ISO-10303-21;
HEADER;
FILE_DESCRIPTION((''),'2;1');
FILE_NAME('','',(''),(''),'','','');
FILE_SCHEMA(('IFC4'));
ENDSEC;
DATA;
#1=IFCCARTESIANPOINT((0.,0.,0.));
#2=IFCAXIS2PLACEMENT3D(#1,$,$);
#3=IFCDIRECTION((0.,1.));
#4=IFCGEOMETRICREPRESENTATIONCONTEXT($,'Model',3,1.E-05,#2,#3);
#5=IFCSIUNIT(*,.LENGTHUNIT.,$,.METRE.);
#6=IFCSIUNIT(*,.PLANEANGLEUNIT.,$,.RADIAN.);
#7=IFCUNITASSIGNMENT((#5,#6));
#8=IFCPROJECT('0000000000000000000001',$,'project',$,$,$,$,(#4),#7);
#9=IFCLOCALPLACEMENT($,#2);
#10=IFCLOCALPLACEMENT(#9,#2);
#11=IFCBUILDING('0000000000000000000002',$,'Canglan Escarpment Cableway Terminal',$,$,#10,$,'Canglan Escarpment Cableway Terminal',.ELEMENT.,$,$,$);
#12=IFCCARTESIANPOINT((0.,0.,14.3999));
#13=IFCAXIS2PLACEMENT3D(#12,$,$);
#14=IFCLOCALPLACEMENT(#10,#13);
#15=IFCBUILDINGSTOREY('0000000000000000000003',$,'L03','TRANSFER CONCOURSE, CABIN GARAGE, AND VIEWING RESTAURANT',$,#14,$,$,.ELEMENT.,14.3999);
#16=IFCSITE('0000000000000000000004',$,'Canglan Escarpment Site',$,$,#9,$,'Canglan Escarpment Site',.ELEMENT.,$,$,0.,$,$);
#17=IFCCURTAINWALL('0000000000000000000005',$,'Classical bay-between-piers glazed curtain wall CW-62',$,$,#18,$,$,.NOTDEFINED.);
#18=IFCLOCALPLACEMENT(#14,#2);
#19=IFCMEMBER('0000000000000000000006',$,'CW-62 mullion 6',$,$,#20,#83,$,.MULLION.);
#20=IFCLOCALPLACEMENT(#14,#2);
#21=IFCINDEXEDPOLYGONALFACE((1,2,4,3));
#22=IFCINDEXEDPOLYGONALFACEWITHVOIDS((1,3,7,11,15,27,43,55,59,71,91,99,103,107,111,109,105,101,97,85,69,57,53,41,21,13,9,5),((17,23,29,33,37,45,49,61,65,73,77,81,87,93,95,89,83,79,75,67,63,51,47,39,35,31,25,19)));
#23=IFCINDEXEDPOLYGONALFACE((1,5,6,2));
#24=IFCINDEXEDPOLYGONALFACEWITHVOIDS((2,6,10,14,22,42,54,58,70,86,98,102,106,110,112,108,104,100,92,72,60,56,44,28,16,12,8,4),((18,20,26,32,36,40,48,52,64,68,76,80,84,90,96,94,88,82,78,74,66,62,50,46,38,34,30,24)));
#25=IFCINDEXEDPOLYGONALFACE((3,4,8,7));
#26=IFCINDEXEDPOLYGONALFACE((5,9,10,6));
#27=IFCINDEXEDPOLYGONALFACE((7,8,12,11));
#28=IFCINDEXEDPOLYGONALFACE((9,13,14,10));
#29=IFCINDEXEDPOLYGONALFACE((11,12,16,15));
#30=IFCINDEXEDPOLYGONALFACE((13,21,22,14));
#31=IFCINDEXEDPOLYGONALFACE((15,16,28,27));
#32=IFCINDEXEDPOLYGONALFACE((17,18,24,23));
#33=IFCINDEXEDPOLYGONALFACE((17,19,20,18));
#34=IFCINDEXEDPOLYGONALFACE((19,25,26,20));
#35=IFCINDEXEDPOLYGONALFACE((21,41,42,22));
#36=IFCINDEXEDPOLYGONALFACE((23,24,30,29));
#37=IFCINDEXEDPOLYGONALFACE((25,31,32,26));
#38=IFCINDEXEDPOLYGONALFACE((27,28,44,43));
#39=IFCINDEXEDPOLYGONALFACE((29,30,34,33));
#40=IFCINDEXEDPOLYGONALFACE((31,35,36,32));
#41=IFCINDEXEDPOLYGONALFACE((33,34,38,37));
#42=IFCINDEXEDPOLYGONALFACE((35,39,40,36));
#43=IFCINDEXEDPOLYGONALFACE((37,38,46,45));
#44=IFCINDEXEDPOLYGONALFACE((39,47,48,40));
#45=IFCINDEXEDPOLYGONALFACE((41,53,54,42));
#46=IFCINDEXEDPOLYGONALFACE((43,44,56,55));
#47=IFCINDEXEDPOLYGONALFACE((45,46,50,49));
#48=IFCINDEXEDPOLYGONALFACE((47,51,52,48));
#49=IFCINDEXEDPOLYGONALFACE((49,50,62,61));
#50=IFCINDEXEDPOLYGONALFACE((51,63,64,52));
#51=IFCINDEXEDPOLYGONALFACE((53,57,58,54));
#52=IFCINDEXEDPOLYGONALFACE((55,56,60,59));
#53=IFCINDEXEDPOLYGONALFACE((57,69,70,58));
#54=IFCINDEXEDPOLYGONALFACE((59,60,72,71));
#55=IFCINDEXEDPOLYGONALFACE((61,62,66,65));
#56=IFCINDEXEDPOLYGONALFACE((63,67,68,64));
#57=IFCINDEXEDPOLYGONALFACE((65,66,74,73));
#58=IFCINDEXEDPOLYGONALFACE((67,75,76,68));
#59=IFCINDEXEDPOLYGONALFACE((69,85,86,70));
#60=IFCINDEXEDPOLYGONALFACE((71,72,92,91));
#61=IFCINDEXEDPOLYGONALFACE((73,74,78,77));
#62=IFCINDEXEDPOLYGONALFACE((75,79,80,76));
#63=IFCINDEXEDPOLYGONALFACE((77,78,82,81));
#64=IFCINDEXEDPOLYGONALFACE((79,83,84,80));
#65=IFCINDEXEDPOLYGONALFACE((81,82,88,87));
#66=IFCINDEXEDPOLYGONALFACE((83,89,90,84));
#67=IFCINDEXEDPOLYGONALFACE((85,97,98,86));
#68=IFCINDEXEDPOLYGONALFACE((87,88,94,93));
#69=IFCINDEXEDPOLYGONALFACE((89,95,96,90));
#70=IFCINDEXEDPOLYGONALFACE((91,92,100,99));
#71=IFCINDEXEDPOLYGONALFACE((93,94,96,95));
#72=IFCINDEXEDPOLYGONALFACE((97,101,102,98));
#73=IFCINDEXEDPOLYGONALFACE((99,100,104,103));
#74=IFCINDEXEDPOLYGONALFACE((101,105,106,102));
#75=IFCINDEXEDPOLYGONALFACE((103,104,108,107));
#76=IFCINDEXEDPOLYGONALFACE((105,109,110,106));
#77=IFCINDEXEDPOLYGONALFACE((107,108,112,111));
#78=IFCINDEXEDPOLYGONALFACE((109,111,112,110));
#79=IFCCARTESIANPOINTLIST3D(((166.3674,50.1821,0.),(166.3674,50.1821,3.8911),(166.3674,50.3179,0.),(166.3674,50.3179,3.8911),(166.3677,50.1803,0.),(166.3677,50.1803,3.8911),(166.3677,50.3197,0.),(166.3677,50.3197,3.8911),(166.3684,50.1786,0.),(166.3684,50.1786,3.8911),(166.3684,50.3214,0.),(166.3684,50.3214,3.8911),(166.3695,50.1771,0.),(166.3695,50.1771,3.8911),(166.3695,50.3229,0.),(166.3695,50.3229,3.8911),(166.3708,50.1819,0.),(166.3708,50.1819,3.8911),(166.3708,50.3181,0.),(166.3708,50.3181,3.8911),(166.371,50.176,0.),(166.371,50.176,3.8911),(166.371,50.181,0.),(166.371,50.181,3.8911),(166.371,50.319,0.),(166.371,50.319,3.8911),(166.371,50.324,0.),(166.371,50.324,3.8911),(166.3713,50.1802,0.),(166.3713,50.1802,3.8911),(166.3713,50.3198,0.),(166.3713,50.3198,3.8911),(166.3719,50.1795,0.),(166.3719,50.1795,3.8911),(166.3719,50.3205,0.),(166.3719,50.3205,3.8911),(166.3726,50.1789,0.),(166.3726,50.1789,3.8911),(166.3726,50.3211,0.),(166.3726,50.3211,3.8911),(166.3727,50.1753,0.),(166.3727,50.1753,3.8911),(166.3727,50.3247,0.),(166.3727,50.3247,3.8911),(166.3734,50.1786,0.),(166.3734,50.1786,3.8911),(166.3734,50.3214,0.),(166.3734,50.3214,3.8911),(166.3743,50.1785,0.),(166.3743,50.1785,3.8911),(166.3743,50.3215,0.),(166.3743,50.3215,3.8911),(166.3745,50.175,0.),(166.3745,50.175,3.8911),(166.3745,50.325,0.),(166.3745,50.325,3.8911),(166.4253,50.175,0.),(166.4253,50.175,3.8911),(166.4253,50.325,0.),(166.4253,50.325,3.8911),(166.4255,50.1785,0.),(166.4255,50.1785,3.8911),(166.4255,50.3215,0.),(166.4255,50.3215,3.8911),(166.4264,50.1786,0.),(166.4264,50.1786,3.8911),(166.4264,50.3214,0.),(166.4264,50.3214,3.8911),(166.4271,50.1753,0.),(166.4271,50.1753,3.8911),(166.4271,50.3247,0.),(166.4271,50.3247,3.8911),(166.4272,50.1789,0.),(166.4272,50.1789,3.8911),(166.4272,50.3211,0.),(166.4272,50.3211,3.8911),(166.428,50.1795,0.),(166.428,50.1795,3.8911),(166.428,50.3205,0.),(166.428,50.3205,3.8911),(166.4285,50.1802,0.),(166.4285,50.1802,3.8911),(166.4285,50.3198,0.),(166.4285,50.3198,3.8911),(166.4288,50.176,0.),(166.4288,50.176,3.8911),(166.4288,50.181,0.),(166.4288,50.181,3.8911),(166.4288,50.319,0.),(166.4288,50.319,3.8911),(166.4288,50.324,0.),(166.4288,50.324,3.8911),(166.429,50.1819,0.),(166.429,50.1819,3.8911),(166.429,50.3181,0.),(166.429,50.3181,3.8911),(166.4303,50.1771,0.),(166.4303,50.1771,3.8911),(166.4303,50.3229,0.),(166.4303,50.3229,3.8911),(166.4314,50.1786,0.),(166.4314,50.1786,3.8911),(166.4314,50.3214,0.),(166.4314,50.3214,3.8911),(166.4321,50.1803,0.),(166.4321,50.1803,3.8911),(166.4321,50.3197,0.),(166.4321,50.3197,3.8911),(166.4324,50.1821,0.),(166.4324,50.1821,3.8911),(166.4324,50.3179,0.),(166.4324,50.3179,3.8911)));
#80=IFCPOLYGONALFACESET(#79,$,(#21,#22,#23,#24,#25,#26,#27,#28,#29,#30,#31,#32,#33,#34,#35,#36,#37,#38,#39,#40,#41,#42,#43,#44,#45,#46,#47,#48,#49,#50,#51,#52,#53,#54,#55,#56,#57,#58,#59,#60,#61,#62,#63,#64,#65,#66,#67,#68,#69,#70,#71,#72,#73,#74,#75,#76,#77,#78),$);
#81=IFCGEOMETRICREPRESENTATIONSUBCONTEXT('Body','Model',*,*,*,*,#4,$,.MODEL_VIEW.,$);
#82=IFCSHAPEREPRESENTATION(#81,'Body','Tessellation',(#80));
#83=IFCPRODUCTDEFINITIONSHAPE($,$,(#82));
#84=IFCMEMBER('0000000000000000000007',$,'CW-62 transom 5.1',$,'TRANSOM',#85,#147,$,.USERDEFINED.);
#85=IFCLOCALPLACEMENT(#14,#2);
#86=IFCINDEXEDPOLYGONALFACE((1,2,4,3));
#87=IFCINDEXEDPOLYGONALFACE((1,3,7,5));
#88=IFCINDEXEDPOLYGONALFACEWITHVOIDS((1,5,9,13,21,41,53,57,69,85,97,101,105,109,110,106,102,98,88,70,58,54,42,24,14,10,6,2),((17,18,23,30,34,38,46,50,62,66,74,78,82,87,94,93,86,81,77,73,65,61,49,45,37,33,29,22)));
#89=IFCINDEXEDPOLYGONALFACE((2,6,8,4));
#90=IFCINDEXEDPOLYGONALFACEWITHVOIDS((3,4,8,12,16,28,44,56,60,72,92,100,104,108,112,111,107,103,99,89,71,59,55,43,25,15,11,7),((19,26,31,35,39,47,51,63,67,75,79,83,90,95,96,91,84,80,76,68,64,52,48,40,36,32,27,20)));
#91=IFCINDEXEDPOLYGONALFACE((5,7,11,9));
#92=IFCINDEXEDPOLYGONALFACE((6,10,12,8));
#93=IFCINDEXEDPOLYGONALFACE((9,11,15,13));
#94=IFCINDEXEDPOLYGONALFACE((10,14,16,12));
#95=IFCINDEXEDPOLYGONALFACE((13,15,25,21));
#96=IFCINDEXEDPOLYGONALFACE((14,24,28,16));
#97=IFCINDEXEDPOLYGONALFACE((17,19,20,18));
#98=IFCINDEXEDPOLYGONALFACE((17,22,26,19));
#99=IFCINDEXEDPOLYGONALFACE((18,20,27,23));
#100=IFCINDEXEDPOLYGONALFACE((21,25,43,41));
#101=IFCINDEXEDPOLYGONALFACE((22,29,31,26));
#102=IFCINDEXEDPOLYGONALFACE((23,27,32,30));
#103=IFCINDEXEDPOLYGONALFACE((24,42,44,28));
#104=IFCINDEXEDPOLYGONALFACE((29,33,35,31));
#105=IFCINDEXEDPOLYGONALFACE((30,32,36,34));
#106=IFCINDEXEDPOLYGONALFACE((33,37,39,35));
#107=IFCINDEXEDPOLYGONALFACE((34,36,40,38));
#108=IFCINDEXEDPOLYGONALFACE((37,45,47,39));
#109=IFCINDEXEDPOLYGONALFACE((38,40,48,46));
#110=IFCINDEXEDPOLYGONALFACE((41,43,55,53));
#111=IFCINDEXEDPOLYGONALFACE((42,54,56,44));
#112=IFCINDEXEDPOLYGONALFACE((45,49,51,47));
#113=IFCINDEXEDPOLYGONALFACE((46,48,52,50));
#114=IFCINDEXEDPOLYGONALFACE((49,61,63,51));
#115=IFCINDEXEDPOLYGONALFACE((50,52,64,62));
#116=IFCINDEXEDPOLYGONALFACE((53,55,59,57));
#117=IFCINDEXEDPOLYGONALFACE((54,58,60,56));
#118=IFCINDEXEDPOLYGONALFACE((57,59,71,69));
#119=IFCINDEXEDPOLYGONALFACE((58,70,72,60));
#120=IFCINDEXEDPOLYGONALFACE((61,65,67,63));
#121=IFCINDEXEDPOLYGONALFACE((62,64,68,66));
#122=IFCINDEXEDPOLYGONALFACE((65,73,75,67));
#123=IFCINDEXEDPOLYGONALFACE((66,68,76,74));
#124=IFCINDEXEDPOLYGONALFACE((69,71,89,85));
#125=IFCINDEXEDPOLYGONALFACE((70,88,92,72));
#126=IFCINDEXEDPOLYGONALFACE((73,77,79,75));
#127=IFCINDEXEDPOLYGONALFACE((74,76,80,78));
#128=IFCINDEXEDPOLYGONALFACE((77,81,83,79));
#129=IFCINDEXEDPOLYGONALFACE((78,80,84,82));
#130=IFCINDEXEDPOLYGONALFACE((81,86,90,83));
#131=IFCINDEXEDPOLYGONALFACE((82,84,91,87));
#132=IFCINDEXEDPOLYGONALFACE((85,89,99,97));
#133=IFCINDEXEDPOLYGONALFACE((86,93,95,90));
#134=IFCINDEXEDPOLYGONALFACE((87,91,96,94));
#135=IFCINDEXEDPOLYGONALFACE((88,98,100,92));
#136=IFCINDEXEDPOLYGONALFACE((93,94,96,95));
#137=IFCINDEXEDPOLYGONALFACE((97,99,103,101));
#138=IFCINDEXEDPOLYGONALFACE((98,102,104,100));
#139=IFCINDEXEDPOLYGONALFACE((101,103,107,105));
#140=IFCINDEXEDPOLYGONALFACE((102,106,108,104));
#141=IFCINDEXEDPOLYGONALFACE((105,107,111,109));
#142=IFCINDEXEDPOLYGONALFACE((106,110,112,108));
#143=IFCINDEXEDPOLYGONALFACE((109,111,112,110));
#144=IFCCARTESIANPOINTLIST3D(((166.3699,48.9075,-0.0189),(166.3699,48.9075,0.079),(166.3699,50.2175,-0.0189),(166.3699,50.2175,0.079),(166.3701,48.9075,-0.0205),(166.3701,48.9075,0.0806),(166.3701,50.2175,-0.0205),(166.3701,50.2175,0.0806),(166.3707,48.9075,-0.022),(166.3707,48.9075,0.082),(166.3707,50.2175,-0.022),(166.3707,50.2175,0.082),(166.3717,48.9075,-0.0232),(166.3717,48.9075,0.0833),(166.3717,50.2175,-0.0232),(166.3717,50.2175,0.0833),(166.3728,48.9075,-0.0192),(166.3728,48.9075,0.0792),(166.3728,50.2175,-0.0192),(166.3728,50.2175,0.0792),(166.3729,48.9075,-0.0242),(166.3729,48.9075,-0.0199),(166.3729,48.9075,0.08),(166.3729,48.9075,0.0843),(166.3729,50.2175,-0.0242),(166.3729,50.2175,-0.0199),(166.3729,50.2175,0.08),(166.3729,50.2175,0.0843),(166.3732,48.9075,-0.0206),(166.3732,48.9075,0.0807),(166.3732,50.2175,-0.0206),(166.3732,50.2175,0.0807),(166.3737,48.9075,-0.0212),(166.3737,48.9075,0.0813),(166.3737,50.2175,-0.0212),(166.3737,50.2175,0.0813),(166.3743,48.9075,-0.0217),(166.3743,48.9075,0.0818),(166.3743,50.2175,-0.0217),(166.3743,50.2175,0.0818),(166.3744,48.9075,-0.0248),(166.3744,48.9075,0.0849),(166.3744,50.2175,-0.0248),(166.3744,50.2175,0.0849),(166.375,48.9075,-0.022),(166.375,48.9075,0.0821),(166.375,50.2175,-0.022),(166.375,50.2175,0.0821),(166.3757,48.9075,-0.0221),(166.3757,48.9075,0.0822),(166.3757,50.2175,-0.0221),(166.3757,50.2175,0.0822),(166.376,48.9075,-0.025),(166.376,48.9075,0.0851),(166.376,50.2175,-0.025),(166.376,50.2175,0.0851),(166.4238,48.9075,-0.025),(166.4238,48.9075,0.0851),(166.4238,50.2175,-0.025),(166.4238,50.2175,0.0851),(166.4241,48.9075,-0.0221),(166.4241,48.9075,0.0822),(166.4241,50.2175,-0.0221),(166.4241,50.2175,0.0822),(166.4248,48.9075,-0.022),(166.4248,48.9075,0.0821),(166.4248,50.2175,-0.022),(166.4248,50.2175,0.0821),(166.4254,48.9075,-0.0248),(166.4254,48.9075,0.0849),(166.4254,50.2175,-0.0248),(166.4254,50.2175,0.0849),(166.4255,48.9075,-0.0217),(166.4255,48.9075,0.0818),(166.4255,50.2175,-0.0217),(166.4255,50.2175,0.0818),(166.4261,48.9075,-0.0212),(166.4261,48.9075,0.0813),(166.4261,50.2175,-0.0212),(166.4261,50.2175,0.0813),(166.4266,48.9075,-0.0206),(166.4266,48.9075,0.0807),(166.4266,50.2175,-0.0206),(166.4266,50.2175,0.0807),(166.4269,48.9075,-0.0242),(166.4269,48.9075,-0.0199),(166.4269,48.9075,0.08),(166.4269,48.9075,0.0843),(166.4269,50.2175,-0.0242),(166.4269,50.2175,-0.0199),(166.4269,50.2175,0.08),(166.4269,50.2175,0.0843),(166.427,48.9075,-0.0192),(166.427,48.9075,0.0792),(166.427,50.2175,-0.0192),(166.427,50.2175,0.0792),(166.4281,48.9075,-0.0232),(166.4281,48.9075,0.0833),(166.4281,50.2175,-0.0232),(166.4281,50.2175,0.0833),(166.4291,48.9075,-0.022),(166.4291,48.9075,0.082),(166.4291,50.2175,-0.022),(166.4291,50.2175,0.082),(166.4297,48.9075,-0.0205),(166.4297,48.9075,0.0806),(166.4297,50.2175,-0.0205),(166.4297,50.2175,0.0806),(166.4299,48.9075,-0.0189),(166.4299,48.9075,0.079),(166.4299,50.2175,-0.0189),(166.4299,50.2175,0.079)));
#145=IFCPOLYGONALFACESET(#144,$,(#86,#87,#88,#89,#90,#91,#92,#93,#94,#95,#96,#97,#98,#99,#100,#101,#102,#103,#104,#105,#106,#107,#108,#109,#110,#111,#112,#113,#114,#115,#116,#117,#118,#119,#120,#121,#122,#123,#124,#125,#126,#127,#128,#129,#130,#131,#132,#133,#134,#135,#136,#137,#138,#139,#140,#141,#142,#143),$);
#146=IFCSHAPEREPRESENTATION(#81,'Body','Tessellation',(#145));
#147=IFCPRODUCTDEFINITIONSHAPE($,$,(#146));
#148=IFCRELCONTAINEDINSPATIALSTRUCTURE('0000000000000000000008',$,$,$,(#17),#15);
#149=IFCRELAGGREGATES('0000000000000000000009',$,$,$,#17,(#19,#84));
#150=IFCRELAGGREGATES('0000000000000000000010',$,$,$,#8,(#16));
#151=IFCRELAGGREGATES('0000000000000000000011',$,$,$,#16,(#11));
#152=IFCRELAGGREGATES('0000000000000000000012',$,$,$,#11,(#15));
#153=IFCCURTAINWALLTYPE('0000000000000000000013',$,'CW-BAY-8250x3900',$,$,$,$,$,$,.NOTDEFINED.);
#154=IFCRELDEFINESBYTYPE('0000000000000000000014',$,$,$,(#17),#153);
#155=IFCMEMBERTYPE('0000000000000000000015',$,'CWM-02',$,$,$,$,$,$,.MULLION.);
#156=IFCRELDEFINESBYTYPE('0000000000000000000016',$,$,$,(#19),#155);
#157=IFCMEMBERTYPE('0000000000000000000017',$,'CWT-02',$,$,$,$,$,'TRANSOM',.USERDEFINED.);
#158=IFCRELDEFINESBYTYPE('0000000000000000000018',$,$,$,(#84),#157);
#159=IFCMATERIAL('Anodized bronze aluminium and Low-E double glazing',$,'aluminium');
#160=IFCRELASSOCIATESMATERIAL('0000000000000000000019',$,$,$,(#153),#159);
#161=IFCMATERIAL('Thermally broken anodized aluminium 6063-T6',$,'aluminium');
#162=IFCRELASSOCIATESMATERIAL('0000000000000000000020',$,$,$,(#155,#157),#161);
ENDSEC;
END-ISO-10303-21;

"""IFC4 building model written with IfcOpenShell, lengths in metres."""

from ifc_helpers import new_model, si_unit, direction, frame, origin, origin_2d, place, context, subcontext, project, spatial, hollow_rectangle, extrude, material, material_profile, profile_set, type_object, element, aggregate, save


model = new_model("IFC4")

# Units and contexts
model_context = context("Model", 3, precision=1e-05, world=origin(), true_north=direction((0.0, 1.0)))
body_context = subcontext(model_context, "Body", "Model", "MODEL_VIEW")
ifc_project = project(units=[si_unit("LENGTHUNIT", "METRE"), si_unit("PLANEANGLEUNIT", "RADIAN")], contexts=[model_context])

# Site, building, storey
site_placement = place(None, origin())
site = spatial("IfcSite", under=ifc_project, at=site_placement, Name="Canglan Escarpment Site", LongName="Canglan Escarpment Site", CompositionType="ELEMENT", RefElevation=0.0)
building_placement = place(site_placement, origin())
building = spatial("IfcBuilding", under=site, at=building_placement, Name="Canglan Escarpment Cableway Terminal", LongName="Canglan Escarpment Cableway Terminal", CompositionType="ELEMENT")
storey_placement = place(building_placement, frame((0.0, 0.0, 14.3999)))
storey = spatial("IfcBuildingStorey", under=building, at=storey_placement, Name="L03", Description="TRANSFER CONCOURSE, CABIN GARAGE, AND VIEWING RESTAURANT", CompositionType="ELEMENT", Elevation=14.3999)

# Curtain wall, members
ifc_material_1 = material(Name="Anodized bronze aluminium and Low-E double glazing", Category="aluminium")
curtain_wall_type = type_object("IfcCurtainWallType", Name="CW-BAY-8250x3900", PredefinedType="NOTDEFINED", material=ifc_material_1)
curtain_wall_placement = place(storey_placement, origin())
curtain_wall = element("IfcCurtainWall", 1, at=curtain_wall_placement, inside=storey, type_object=curtain_wall_type, Name="Classical bay-between-piers glazed curtain wall CW-62", PredefinedType="NOTDEFINED")
ifc_material_2 = material(Name="Thermally broken anodized aluminium 6063-T6", Category="aluminium")
ifc_material_profile_1 = material_profile(ifc_material_2, hollow_rectangle(XDim=0.0649, YDim=0.1499, WallThickness=0.0034, InnerFilletRadius=0.0034, OuterFilletRadius=0.0071, at=origin_2d()), Name="ALU-MULL 65x150x3.5")
ifc_profile_set_1 = profile_set([ifc_material_profile_1], Name="Thermally broken anodized aluminium 6063-T6")
member_type_1 = type_object("IfcMemberType", Name="CWM-02", PredefinedType="MULLION", material=ifc_profile_set_1)
member_1_placement = place(storey_placement, frame((166.3999, 50.25, 0.0), z_axis=(0.0, 0.0, 1.0), x_axis=(-1.0, 0.0, 0.0)))
member_1 = element("IfcMember", 2, at=member_1_placement, type_object=member_type_1, Name="CW-62 mullion 6", PredefinedType="MULLION", context=body_context, shape_type="SweptSolid", body=[
    extrude(hollow_rectangle(XDim=0.0649, YDim=0.1499, WallThickness=0.0034, InnerFilletRadius=0.0034, OuterFilletRadius=0.0071, at=origin_2d()), origin(), (0.0, 0.0, 1.0), 3.8911),
])
ifc_material_profile_2 = material_profile(ifc_material_2, hollow_rectangle(XDim=0.0601, YDim=0.1101, WallThickness=0.0029, InnerFilletRadius=0.0029, OuterFilletRadius=0.0061, at=origin_2d()), Name="ALU-TRAN 60x110x3")
ifc_profile_set_2 = profile_set([ifc_material_profile_2], Name="Thermally broken anodized aluminium 6063-T6")
member_type_2 = type_object("IfcMemberType", Name="CWT-02", ElementType="TRANSOM", PredefinedType="USERDEFINED", material=ifc_profile_set_2)
member_2_placement = place(storey_placement, frame((166.3999, 48.9075, 0.03), z_axis=(0.0, 1.0, 0.0), x_axis=(-1.0, 0.0, 0.0)))
member_2 = element("IfcMember", 3, at=member_2_placement, type_object=member_type_2, Name="CW-62 transom 5.1", ObjectType="TRANSOM", PredefinedType="USERDEFINED", context=body_context, shape_type="SweptSolid", body=[
    extrude(hollow_rectangle(XDim=0.0601, YDim=0.1101, WallThickness=0.0029, InnerFilletRadius=0.0029, OuterFilletRadius=0.0061, at=origin_2d()), origin(), (0.0, 0.0, 1.0), 1.3101),
])

aggregate(curtain_wall, [member_1, member_2])

save(model, "model.ifc")
